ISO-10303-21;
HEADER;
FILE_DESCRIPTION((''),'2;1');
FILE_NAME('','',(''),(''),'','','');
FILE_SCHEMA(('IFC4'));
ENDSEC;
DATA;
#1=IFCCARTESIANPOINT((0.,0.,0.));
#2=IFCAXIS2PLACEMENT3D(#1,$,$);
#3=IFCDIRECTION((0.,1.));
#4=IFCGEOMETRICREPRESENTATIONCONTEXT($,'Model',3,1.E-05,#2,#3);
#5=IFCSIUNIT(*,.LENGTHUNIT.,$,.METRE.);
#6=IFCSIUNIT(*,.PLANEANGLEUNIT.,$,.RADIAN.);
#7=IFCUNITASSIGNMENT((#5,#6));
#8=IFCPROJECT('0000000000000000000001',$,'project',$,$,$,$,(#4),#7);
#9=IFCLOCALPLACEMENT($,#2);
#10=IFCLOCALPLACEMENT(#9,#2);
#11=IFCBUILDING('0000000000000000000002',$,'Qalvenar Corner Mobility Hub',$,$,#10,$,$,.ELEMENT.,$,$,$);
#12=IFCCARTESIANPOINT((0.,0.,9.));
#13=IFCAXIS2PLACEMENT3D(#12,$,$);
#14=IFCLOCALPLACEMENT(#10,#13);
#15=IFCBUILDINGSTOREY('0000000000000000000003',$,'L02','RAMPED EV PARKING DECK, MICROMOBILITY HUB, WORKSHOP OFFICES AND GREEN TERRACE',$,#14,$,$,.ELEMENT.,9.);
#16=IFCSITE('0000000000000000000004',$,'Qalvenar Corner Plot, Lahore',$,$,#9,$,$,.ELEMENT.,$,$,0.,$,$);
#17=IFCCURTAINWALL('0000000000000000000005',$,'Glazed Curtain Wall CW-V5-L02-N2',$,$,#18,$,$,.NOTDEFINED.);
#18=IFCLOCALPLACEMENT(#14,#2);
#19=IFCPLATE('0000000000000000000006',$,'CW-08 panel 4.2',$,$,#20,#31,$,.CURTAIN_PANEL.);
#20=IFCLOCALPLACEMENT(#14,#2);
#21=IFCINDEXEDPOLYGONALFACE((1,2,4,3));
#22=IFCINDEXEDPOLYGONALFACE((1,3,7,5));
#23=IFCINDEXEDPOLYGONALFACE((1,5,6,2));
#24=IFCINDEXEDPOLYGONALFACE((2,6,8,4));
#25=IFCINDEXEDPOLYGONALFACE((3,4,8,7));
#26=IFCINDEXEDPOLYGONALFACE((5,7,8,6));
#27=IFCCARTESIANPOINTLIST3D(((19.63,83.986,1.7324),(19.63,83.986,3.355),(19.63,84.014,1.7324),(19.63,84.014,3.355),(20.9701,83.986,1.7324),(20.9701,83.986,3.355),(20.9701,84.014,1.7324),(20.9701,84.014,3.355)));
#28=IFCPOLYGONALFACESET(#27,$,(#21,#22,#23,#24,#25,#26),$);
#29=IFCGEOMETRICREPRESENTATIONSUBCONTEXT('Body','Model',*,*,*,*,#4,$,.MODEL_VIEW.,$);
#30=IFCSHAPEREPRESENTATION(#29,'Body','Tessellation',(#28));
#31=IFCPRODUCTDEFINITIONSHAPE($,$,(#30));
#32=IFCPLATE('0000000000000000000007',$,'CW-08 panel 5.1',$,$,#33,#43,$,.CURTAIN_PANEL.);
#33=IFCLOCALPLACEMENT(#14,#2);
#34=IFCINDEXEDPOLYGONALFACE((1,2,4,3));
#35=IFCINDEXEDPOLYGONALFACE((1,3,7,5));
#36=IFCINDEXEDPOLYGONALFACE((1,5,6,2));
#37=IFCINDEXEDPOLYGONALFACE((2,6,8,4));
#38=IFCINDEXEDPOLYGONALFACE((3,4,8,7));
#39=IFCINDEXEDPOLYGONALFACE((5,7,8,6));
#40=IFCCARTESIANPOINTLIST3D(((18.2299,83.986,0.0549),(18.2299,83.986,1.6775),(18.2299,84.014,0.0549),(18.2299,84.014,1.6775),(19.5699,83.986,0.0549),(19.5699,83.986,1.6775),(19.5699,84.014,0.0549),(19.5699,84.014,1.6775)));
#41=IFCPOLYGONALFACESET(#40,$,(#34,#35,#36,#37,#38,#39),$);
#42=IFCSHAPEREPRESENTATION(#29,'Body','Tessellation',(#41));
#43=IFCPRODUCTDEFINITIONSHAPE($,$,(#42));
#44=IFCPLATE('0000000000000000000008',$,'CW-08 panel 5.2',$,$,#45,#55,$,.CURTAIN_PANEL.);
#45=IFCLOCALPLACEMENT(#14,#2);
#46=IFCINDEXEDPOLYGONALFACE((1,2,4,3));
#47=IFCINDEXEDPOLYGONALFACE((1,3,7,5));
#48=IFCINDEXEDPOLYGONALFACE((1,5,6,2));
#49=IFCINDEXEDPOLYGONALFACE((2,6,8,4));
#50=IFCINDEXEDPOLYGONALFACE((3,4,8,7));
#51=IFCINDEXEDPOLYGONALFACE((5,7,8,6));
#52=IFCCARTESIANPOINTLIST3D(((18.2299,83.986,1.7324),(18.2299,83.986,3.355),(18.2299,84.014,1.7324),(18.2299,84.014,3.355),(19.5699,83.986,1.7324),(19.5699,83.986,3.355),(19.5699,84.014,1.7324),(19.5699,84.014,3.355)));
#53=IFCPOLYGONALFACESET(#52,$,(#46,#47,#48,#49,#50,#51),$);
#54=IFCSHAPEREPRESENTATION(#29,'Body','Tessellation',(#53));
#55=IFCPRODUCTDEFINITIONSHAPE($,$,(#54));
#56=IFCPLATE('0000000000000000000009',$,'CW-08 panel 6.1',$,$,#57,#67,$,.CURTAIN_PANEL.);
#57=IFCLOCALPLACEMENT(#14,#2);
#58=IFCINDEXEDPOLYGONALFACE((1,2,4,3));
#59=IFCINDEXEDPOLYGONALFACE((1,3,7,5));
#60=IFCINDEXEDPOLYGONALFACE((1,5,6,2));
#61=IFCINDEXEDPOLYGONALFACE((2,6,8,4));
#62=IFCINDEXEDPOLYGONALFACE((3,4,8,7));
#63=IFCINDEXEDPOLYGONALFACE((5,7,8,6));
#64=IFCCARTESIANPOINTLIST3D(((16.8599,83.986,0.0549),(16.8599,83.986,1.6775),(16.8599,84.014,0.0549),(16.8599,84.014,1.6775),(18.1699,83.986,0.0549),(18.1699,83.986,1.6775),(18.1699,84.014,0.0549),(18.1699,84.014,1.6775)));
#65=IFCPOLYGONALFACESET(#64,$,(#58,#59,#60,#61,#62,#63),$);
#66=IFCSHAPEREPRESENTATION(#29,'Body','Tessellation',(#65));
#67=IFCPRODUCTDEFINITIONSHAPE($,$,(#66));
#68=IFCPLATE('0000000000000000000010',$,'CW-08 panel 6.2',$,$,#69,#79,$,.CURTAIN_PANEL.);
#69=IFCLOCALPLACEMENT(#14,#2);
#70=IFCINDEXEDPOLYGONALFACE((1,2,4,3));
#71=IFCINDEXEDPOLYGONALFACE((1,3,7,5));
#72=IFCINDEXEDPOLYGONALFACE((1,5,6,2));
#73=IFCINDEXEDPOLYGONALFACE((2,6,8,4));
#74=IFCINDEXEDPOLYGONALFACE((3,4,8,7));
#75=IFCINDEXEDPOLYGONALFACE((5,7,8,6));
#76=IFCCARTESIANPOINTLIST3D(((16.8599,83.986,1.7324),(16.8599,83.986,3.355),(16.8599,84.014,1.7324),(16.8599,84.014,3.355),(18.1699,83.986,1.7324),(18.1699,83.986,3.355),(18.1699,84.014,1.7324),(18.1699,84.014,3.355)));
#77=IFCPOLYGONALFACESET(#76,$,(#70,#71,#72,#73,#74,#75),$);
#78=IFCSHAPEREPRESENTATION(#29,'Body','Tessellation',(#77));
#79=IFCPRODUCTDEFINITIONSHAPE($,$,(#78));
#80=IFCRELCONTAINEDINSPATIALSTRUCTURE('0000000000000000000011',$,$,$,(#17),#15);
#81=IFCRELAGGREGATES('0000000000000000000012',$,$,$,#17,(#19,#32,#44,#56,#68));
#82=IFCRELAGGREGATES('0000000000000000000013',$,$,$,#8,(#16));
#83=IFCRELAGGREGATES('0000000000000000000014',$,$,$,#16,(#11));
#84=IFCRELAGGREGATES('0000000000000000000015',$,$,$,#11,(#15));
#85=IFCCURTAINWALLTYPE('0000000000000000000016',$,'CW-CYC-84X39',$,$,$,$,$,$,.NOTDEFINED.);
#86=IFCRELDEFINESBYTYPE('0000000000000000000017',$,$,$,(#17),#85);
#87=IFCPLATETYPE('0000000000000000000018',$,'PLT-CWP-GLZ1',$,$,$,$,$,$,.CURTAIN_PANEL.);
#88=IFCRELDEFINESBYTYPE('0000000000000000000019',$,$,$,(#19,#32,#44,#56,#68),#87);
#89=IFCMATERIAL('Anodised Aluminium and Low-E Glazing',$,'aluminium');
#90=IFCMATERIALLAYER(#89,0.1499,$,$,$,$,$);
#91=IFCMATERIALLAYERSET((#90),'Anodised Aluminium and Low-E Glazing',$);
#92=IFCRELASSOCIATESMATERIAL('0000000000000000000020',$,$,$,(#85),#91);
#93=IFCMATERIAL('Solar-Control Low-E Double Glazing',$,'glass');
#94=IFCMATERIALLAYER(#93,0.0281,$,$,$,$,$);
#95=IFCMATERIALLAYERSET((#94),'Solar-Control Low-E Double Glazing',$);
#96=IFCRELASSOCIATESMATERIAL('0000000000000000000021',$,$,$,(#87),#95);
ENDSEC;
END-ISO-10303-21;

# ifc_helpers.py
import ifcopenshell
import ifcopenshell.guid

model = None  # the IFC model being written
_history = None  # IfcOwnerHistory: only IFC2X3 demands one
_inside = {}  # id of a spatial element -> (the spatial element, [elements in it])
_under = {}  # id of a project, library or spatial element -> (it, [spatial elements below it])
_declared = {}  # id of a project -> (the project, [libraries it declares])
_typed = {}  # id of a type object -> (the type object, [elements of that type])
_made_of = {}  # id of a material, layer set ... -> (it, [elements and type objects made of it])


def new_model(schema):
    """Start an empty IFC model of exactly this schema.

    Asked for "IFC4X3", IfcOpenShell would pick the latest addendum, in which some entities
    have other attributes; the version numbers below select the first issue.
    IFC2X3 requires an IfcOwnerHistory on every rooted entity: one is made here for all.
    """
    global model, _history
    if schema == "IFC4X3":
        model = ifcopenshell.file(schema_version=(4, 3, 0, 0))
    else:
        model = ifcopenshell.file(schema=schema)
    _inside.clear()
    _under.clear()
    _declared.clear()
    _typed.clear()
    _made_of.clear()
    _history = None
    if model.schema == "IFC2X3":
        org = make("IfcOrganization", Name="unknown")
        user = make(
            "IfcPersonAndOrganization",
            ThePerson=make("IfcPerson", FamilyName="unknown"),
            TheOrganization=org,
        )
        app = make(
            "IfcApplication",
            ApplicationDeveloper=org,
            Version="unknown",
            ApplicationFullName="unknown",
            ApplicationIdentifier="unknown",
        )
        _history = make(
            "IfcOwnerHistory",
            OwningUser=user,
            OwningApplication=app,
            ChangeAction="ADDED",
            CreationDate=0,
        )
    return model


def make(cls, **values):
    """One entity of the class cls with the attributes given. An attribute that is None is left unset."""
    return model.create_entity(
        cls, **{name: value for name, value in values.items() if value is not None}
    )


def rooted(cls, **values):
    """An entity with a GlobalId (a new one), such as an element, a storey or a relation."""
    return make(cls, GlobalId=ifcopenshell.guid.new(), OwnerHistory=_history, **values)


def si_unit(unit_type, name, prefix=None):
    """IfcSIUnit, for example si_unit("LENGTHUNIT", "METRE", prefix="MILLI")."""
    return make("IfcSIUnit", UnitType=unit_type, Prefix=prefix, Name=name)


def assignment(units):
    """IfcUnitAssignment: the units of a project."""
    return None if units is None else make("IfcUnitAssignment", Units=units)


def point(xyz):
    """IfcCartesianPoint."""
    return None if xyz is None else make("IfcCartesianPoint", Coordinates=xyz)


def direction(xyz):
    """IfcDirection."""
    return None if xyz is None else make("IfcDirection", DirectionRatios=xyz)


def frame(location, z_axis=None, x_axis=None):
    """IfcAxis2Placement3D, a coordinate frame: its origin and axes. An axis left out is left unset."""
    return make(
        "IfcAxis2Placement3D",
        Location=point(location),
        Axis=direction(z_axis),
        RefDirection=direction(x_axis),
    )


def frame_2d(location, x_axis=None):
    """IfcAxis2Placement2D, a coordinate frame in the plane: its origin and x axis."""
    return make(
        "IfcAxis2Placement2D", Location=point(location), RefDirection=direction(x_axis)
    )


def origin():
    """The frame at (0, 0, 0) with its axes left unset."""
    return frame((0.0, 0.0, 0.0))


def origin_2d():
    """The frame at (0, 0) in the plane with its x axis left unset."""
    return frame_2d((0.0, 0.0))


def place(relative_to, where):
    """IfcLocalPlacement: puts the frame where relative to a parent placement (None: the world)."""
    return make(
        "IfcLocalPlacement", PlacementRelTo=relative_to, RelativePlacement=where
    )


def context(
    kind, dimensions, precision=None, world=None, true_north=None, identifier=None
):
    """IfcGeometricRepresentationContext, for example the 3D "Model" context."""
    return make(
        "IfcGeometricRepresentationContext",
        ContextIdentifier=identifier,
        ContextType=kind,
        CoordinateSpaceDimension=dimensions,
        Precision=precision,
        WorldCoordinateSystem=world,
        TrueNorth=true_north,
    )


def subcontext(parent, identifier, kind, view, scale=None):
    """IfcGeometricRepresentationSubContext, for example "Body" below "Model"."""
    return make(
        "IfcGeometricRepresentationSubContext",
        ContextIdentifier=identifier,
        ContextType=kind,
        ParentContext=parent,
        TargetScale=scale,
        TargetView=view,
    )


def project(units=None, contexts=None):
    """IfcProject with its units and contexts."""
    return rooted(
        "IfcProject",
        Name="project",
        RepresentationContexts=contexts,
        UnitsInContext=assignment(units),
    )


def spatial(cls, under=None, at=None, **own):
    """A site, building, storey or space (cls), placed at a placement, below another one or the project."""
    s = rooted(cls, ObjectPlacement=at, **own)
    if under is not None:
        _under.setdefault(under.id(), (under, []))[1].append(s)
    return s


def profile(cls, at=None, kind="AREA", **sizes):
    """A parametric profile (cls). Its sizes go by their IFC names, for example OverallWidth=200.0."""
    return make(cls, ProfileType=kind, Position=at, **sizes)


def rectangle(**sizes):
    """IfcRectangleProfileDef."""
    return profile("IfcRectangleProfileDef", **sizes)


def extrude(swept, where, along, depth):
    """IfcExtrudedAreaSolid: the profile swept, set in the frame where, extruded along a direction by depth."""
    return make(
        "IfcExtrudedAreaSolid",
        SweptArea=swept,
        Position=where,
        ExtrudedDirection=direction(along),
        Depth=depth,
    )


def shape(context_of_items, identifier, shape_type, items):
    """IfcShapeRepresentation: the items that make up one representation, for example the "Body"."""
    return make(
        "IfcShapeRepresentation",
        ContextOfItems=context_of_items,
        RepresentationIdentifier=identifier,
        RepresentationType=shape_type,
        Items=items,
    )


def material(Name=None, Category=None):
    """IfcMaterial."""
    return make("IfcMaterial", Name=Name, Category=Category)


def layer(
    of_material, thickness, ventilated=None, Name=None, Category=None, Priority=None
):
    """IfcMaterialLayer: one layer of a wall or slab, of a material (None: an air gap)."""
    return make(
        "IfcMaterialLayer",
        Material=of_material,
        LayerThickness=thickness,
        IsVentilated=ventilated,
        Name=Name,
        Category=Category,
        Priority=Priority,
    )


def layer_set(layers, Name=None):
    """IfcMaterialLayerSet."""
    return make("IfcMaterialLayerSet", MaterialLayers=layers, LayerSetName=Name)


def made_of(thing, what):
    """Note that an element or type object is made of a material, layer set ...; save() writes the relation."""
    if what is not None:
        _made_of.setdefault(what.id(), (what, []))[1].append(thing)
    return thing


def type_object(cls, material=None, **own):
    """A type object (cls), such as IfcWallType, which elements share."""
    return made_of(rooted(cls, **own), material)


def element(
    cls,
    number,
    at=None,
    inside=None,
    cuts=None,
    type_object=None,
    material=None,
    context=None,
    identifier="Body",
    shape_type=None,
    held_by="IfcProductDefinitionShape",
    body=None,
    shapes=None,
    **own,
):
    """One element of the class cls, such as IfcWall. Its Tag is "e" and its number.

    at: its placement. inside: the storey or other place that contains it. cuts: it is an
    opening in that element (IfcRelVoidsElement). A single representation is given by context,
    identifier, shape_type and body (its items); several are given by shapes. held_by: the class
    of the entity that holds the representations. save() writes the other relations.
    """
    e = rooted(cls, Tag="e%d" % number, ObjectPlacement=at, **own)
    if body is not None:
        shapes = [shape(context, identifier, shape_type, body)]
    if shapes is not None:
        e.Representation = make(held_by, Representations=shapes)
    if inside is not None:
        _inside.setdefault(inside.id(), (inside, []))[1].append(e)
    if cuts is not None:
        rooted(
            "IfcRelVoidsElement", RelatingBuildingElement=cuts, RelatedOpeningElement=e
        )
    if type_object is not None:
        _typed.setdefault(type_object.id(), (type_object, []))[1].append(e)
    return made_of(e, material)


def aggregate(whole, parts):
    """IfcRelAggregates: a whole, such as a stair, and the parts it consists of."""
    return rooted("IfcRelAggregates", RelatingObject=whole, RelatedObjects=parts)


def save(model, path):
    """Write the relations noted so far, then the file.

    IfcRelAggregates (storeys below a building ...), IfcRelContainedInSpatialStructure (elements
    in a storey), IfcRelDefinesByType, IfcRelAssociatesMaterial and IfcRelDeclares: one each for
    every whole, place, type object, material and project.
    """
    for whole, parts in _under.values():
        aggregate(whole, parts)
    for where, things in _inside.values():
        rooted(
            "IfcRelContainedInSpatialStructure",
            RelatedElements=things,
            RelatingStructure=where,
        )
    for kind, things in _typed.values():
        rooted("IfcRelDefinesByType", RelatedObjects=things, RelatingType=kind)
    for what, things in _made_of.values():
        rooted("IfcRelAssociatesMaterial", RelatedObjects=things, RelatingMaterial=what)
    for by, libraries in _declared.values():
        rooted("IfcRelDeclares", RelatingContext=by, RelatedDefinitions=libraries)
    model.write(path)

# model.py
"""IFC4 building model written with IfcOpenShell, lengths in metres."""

from ifc_helpers import new_model, si_unit, direction, frame, origin, origin_2d, place, context, subcontext, project, spatial, rectangle, extrude, material, layer, layer_set, type_object, element, aggregate, save


model = new_model("IFC4")

# Units and contexts
model_context = context("Model", 3, precision=1e-05, world=origin(), true_north=direction((0.0, 1.0)))
body_context = subcontext(model_context, "Body", "Model", "MODEL_VIEW")
ifc_project = project(units=[si_unit("LENGTHUNIT", "METRE"), si_unit("PLANEANGLEUNIT", "RADIAN")], contexts=[model_context])

# Site, building, storey
site_placement = place(None, origin())
site = spatial("IfcSite", under=ifc_project, at=site_placement, Name="Qalvenar Corner Plot, Lahore", CompositionType="ELEMENT", RefElevation=0.0)
building_placement = place(site_placement, origin())
building = spatial("IfcBuilding", under=site, at=building_placement, Name="Qalvenar Corner Mobility Hub", CompositionType="ELEMENT")
storey_placement = place(building_placement, frame((0.0, 0.0, 9.0)))
storey = spatial("IfcBuildingStorey", under=building, at=storey_placement, Name="L02", Description="RAMPED EV PARKING DECK, MICROMOBILITY HUB, WORKSHOP OFFICES AND GREEN TERRACE", CompositionType="ELEMENT", Elevation=9.0)

# Shared definitions
ifc_material_1 = material(Name="Anodised Aluminium and Low-E Glazing", Category="aluminium")
ifc_layer_1 = layer(ifc_material_1, 0.1499)
ifc_layer_set_1 = layer_set([ifc_layer_1], Name="Anodised Aluminium and Low-E Glazing")
curtain_wall_type = type_object("IfcCurtainWallType", Name="CW-CYC-84X39", PredefinedType="NOTDEFINED", material=ifc_layer_set_1)

# Curtain wall
curtain_wall_1_placement = place(storey_placement, origin())
curtain_wall_1 = element("IfcCurtainWall", 1, at=curtain_wall_1_placement, inside=storey, type_object=curtain_wall_type, Name="Glazed Curtain Wall CW-V5-L02-N2", PredefinedType="NOTDEFINED")

# Plates
ifc_material_2 = material(Name="Solar-Control Low-E Double Glazing", Category="glass")
ifc_layer_2 = layer(ifc_material_2, 0.0281)
ifc_layer_set_2 = layer_set([ifc_layer_2], Name="Solar-Control Low-E Double Glazing")
plate_type = type_object("IfcPlateType", Name="PLT-CWP-GLZ1", PredefinedType="CURTAIN_PANEL", material=ifc_layer_set_2)
plate_1_placement = place(storey_placement, frame((20.3, 84.0, 1.7324), z_axis=(0.0, 0.0, 1.0), x_axis=(-1.0, 0.0, 0.0)))
plate_1 = element("IfcPlate", 2, at=plate_1_placement, type_object=plate_type, Name="CW-08 panel 4.2", PredefinedType="CURTAIN_PANEL", context=body_context, shape_type="SweptSolid", body=[
    extrude(rectangle(XDim=1.3401, YDim=0.0281, at=origin_2d()), origin(), (0.0, 0.0, 1.0), 1.6226),
])
plate_2_placement = place(storey_placement, frame((18.8999, 84.0, 0.0549), z_axis=(0.0, 0.0, 1.0), x_axis=(-1.0, 0.0, 0.0)))
plate_2 = element("IfcPlate", 3, at=plate_2_placement, type_object=plate_type, Name="CW-08 panel 5.1", PredefinedType="CURTAIN_PANEL", context=body_context, shape_type="SweptSolid", body=[
    extrude(rectangle(XDim=1.3401, YDim=0.0281, at=origin_2d()), origin(), (0.0, 0.0, 1.0), 1.6226),
])
plate_3_placement = place(storey_placement, frame((18.8999, 84.0, 1.7324), z_axis=(0.0, 0.0, 1.0), x_axis=(-1.0, 0.0, 0.0)))
plate_3 = element("IfcPlate", 4, at=plate_3_placement, type_object=plate_type, Name="CW-08 panel 5.2", PredefinedType="CURTAIN_PANEL", context=body_context, shape_type="SweptSolid", body=[
    extrude(rectangle(XDim=1.3401, YDim=0.0281, at=origin_2d()), origin(), (0.0, 0.0, 1.0), 1.6226),
])
plate_4_placement = place(storey_placement, frame((17.5149, 84.0, 0.0549), z_axis=(0.0, 0.0, 1.0), x_axis=(-1.0, 0.0, 0.0)))
plate_4 = element("IfcPlate", 5, at=plate_4_placement, type_object=plate_type, Name="CW-08 panel 6.1", PredefinedType="CURTAIN_PANEL", context=body_context, shape_type="SweptSolid", body=[
    extrude(rectangle(XDim=1.3101, YDim=0.0281, at=origin_2d()), origin(), (0.0, 0.0, 1.0), 1.6226),
])
plate_5_placement = place(storey_placement, frame((17.5149, 84.0, 1.7324), z_axis=(0.0, 0.0, 1.0), x_axis=(-1.0, 0.0, 0.0)))
plate_5 = element("IfcPlate", 6, at=plate_5_placement, type_object=plate_type, Name="CW-08 panel 6.2", PredefinedType="CURTAIN_PANEL", context=body_context, shape_type="SweptSolid", body=[
    extrude(rectangle(XDim=1.3101, YDim=0.0281, at=origin_2d()), origin(), (0.0, 0.0, 1.0), 1.6226),
])
aggregate(curtain_wall_1, [plate_1, plate_2, plate_3, plate_4, plate_5])

save(model, "model.ifc")
